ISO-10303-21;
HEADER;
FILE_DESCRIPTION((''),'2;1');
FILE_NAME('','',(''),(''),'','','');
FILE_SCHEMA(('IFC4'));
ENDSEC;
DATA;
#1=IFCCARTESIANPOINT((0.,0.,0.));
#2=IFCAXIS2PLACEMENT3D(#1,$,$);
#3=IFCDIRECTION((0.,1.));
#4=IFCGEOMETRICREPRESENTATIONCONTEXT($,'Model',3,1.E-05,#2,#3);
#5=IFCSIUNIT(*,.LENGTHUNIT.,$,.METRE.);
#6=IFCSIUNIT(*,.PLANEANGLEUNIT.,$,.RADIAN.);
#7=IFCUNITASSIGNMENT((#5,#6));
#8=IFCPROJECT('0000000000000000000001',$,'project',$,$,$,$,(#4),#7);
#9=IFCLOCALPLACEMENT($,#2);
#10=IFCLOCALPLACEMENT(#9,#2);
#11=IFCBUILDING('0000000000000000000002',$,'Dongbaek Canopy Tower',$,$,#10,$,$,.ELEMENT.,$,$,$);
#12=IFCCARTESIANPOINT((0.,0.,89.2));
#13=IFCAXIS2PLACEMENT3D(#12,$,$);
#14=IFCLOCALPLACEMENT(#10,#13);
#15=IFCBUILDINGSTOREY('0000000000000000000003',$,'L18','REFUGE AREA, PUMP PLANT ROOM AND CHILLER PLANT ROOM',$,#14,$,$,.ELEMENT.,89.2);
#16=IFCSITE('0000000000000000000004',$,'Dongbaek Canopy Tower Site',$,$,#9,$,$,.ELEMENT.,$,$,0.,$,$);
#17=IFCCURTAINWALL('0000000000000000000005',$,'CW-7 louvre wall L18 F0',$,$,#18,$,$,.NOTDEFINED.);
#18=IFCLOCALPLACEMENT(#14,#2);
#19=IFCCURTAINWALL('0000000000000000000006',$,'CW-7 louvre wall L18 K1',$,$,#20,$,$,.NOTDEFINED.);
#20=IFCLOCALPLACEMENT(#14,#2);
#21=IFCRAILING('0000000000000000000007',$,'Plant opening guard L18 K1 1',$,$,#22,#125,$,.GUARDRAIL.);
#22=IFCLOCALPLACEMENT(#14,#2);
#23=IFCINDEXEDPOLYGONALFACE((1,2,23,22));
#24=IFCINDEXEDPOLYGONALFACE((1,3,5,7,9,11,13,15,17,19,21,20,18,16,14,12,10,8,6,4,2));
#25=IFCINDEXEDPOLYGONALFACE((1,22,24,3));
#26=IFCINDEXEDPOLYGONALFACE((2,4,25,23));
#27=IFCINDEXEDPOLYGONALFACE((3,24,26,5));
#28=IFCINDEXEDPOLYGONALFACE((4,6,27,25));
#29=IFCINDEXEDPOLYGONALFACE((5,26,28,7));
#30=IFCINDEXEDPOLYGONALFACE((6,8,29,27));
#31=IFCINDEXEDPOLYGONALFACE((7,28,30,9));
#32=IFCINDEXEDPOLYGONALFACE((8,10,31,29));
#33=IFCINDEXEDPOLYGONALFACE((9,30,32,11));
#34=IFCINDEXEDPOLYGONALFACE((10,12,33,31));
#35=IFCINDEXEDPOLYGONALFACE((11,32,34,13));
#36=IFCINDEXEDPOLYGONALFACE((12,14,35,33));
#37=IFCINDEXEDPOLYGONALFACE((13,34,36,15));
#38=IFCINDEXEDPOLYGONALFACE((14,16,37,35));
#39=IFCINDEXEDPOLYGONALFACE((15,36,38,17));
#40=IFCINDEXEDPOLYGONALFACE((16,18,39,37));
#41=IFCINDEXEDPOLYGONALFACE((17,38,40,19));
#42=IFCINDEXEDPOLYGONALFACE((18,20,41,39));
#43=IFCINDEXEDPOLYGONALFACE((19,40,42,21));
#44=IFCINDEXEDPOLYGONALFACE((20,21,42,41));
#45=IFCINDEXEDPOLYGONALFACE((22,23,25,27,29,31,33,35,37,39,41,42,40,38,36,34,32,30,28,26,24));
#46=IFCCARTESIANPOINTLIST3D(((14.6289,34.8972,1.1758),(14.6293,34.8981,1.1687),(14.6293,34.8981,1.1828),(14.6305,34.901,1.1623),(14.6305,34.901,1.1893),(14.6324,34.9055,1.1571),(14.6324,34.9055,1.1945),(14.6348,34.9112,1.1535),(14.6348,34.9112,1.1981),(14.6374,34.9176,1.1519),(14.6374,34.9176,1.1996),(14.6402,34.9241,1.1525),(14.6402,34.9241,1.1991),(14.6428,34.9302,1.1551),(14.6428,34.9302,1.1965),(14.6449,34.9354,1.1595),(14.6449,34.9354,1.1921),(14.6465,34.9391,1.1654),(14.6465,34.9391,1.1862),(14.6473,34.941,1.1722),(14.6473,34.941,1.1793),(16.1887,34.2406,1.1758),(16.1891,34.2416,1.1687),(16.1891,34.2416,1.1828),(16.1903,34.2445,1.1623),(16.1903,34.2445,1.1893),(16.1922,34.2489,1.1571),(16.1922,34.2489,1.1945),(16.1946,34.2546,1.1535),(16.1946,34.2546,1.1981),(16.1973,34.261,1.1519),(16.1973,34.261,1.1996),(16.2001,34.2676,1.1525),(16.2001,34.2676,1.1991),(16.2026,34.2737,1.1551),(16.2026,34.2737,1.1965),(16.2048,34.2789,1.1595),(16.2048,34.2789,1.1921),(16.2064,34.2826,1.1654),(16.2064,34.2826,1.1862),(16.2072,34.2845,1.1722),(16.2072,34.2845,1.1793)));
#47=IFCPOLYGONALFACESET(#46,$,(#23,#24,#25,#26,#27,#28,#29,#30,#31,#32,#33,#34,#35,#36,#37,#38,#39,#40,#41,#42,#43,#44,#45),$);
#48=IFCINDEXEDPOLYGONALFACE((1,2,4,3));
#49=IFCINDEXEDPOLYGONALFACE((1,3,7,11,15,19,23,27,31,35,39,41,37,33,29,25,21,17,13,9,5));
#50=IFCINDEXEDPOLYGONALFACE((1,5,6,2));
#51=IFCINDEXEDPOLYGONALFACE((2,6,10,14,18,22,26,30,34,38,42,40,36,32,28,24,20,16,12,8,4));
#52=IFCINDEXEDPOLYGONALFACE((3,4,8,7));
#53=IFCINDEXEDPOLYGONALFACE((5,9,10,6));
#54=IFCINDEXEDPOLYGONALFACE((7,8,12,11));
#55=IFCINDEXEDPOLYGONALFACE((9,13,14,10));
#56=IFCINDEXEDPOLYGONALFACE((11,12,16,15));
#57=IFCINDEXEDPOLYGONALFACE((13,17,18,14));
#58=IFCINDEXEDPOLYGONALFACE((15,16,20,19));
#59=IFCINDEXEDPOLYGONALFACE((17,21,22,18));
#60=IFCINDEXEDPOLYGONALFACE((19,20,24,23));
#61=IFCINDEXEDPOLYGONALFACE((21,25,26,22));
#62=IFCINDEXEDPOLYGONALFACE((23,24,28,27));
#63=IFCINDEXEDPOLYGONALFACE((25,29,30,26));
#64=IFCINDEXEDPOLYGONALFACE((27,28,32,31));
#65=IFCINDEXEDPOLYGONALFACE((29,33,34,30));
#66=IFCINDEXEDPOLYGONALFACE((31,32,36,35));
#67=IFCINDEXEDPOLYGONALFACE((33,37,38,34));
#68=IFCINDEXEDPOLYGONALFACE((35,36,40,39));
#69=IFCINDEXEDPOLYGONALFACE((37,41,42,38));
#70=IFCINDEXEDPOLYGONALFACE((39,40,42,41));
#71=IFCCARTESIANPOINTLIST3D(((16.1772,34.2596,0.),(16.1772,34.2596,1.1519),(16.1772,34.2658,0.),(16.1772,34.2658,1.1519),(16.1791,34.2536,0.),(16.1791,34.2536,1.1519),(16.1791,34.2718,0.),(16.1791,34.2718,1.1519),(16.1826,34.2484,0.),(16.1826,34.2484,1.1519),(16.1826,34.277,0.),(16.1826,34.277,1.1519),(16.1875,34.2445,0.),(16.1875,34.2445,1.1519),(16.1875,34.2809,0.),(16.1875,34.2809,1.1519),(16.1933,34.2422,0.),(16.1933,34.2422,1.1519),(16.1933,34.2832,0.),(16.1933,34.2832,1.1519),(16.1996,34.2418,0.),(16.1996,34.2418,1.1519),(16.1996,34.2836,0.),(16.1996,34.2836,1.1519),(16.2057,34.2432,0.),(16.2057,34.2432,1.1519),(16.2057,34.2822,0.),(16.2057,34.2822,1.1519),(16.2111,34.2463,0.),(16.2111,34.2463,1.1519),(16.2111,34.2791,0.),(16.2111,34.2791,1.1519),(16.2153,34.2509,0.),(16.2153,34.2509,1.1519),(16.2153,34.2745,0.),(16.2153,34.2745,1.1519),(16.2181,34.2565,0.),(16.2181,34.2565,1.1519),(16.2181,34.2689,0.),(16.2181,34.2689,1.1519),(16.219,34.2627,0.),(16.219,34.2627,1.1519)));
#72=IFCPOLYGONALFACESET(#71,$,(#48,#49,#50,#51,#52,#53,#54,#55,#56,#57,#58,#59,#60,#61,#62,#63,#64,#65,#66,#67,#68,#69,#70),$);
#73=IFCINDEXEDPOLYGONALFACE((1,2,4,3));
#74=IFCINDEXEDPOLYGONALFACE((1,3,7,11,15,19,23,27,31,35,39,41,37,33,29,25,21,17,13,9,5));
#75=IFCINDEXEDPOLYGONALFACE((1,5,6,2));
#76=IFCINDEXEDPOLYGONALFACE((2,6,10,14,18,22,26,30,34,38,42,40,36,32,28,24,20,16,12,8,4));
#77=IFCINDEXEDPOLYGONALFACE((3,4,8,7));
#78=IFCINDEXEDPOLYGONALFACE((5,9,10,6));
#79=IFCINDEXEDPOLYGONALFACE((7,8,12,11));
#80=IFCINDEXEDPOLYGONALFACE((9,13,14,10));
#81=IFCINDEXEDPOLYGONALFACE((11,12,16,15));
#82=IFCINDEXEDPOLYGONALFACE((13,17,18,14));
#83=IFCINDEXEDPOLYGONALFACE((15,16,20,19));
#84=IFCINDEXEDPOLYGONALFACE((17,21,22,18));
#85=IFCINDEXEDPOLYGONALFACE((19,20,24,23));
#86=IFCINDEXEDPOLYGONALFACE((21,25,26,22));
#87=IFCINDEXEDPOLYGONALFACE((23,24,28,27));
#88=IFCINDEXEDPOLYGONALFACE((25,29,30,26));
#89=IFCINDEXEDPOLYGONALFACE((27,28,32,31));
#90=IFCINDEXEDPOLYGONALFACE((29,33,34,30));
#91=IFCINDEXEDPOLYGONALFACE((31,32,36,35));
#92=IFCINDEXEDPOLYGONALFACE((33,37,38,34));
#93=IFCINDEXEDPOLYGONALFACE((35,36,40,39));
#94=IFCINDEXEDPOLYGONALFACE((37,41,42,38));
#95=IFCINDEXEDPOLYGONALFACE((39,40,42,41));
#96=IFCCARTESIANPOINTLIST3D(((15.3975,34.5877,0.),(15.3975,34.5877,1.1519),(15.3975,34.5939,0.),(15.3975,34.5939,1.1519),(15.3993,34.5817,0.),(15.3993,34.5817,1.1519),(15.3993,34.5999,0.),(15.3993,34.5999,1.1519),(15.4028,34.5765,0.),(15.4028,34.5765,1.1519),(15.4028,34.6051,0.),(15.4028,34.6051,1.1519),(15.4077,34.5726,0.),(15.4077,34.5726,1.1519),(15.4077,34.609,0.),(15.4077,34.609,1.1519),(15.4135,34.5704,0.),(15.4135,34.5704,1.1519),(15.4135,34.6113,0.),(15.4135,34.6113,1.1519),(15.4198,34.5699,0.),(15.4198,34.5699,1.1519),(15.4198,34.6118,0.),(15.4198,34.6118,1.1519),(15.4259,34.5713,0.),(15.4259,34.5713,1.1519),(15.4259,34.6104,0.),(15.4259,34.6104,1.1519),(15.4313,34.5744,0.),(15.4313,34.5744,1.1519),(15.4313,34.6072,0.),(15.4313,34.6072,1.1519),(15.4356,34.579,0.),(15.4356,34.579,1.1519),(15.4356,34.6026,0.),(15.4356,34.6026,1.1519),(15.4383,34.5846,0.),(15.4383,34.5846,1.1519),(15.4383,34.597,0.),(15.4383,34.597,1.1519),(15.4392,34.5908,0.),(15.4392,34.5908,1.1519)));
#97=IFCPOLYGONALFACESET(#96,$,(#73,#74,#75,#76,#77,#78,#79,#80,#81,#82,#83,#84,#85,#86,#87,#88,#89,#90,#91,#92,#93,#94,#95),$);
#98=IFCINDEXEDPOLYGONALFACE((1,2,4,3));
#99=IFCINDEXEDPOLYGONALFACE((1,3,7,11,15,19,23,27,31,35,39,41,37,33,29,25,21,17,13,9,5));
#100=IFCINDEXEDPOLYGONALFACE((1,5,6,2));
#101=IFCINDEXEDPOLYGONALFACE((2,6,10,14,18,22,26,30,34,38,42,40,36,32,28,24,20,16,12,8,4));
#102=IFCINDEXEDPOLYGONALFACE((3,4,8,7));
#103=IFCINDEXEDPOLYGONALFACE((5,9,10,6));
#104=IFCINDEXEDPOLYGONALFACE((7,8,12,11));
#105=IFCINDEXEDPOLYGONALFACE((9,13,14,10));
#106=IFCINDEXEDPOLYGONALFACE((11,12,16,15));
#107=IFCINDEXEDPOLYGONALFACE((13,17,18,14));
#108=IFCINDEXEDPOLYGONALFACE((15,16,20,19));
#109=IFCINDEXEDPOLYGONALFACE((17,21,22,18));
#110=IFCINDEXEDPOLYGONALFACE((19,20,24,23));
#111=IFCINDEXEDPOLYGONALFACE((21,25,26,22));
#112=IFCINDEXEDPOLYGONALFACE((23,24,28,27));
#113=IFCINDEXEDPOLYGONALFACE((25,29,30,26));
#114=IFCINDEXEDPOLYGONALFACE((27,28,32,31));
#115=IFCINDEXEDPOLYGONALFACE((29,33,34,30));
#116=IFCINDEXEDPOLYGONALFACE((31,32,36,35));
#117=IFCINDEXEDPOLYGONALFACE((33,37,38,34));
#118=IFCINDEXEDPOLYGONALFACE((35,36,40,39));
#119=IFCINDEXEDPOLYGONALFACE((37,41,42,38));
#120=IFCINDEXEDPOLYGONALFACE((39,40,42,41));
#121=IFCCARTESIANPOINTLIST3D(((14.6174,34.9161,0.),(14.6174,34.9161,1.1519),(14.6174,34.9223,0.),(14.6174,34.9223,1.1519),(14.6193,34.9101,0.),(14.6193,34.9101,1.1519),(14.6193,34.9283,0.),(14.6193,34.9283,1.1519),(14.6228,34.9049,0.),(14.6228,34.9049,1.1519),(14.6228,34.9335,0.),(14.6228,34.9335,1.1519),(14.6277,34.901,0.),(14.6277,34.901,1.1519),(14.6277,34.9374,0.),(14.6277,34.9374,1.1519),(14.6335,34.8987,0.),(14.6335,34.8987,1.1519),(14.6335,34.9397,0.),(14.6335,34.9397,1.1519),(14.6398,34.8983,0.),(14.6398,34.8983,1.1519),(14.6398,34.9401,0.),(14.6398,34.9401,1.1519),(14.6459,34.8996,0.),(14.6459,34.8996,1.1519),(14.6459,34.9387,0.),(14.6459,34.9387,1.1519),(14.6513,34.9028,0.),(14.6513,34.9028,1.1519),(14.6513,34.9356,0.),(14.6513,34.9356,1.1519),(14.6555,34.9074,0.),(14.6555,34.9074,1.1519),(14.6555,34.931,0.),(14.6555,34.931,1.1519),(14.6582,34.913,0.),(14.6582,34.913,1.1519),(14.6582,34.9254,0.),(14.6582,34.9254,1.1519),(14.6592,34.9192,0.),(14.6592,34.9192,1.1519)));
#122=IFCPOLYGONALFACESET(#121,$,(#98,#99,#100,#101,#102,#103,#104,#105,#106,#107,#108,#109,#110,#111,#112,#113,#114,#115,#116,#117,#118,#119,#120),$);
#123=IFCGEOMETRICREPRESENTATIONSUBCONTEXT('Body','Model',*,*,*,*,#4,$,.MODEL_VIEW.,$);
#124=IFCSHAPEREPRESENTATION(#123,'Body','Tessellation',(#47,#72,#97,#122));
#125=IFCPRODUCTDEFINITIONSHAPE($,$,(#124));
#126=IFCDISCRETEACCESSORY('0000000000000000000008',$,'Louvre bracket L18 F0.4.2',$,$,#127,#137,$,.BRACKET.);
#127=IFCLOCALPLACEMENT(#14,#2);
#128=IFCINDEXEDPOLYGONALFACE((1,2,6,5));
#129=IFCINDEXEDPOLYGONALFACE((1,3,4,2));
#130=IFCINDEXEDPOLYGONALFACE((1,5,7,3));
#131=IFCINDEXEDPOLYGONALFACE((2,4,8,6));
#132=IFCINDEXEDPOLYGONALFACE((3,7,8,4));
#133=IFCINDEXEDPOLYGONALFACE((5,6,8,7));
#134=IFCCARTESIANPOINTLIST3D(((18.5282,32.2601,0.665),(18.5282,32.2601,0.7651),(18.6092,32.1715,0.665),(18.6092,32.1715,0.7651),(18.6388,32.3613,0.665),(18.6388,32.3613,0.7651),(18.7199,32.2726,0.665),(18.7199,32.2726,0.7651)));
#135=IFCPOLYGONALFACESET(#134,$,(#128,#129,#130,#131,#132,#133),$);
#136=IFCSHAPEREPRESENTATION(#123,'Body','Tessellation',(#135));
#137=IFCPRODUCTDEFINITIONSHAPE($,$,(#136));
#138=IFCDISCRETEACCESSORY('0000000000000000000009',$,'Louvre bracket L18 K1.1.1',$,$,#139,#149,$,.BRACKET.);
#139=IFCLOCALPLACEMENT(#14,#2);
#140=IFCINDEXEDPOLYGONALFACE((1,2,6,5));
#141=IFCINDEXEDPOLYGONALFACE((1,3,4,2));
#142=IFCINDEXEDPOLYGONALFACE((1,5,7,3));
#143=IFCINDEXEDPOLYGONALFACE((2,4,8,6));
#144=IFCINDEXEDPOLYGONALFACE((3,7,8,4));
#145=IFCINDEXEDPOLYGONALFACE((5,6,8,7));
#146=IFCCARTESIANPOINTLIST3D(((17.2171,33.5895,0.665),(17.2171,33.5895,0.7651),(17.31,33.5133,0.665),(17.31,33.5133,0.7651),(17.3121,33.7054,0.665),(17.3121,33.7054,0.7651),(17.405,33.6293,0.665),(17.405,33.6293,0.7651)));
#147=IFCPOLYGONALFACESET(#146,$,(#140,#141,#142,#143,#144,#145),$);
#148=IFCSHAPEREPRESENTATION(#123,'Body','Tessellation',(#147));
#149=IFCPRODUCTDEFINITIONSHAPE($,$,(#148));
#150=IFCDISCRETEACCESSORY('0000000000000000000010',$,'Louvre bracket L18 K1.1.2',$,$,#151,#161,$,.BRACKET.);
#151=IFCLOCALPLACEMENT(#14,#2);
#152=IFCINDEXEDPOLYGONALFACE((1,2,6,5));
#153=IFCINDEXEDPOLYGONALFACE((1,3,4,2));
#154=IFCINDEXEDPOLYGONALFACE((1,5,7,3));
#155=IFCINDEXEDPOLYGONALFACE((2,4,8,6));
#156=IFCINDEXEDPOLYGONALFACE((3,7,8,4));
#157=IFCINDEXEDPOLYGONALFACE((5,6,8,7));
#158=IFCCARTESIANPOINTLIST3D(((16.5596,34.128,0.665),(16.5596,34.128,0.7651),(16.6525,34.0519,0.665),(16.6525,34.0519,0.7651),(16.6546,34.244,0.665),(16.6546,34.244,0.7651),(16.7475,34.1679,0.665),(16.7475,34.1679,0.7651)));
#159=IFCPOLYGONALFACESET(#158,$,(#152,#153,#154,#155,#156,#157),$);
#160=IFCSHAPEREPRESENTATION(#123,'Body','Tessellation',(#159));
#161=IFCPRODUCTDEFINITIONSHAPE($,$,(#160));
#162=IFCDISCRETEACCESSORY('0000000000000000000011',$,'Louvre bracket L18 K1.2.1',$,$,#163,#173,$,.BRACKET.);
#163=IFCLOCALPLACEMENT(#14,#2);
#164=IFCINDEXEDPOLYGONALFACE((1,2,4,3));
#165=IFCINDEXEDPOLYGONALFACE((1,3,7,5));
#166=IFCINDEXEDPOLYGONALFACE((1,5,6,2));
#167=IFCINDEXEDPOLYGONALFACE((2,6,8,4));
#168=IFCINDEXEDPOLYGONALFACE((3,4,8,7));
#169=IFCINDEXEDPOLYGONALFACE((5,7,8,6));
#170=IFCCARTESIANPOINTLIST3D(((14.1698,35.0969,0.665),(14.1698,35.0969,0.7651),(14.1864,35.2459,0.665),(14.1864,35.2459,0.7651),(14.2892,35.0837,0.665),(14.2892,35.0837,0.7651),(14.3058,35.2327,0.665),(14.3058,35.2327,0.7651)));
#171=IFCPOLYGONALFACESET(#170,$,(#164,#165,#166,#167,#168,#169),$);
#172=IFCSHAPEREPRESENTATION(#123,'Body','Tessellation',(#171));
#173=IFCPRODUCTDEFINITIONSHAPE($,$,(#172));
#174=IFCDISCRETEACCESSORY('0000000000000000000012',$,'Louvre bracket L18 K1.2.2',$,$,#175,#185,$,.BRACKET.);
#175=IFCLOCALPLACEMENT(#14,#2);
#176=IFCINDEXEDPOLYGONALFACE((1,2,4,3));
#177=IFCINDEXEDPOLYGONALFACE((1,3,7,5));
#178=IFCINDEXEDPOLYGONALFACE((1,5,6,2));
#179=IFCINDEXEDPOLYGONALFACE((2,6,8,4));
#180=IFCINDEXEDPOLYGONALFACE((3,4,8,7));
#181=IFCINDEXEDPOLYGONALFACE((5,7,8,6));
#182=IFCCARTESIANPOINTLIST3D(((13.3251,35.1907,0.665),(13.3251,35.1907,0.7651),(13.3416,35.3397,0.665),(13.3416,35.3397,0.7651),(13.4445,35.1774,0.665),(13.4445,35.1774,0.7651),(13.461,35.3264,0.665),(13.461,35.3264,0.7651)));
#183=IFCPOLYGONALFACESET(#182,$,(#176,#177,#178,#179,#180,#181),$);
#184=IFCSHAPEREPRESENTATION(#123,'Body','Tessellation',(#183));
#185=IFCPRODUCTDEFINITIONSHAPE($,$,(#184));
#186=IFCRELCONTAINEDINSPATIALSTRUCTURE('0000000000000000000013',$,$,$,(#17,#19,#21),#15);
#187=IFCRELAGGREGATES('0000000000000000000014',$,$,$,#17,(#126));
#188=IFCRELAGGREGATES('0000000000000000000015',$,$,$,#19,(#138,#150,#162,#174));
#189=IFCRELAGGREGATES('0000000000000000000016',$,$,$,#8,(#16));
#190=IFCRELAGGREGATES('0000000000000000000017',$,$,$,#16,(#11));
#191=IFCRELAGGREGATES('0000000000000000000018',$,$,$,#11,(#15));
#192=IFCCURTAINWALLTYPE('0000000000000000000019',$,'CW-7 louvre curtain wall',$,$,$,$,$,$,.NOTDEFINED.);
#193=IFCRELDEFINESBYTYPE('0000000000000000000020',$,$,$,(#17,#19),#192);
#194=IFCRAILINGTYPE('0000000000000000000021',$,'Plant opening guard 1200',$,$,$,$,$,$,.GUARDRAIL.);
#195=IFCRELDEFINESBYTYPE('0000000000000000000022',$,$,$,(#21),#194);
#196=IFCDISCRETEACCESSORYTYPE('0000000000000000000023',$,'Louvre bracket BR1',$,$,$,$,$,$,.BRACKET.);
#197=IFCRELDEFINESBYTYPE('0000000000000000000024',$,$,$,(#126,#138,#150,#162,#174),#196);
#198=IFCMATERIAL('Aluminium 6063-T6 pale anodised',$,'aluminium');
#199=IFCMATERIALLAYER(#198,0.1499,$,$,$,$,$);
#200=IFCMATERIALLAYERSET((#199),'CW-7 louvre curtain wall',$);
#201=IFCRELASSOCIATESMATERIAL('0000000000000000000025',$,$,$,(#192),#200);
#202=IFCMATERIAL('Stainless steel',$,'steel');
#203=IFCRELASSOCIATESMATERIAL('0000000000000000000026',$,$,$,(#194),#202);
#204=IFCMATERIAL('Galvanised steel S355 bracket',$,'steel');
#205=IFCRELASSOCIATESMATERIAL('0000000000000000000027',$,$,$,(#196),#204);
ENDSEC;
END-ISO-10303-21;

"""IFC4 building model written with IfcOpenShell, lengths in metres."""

from ifc_helpers import new_model, si_unit, direction, frame, origin, origin_2d, place, context, subcontext, project, spatial, rectangle, circle, extrude, material, layer, layer_set, type_object, element, aggregate, save


model = new_model("IFC4")

# Units and contexts
model_context = context("Model", 3, precision=1e-05, world=origin(), true_north=direction((0.0, 1.0)))
body_context = subcontext(model_context, "Body", "Model", "MODEL_VIEW")
ifc_project = project(units=[si_unit("LENGTHUNIT", "METRE"), si_unit("PLANEANGLEUNIT", "RADIAN")], contexts=[model_context])

# Site, building, storey
site_placement = place(None, origin())
site = spatial("IfcSite", under=ifc_project, at=site_placement, Name="Dongbaek Canopy Tower Site", CompositionType="ELEMENT", RefElevation=0.0)
building_placement = place(site_placement, origin())
building = spatial("IfcBuilding", under=site, at=building_placement, Name="Dongbaek Canopy Tower", CompositionType="ELEMENT")
storey_placement = place(building_placement, frame((0.0, 0.0, 89.2)))
storey = spatial("IfcBuildingStorey", under=building, at=storey_placement, Name="L18", Description="REFUGE AREA, PUMP PLANT ROOM AND CHILLER PLANT ROOM", CompositionType="ELEMENT", Elevation=89.2)

# Curtain wall
ifc_material_1 = material(Name="Aluminium 6063-T6 pale anodised", Category="aluminium")
ifc_layer_1 = layer(ifc_material_1, 0.1499)
ifc_layer_set_1 = layer_set([ifc_layer_1], Name="CW-7 louvre curtain wall")
curtain_wall_type = type_object("IfcCurtainWallType", Name="CW-7 louvre curtain wall", PredefinedType="NOTDEFINED", material=ifc_layer_set_1)
curtain_wall_1_placement = place(storey_placement, origin())
curtain_wall_1 = element("IfcCurtainWall", 1, at=curtain_wall_1_placement, inside=storey, type_object=curtain_wall_type, Name="CW-7 louvre wall L18 F0", PredefinedType="NOTDEFINED")

# Curtain wall
curtain_wall_2_placement = place(storey_placement, origin())
curtain_wall_2 = element("IfcCurtainWall", 2, at=curtain_wall_2_placement, inside=storey, type_object=curtain_wall_type, Name="CW-7 louvre wall L18 K1", PredefinedType="NOTDEFINED")

# Railing
ifc_material_2 = material(Name="Stainless steel", Category="steel")
railing_type = type_object("IfcRailingType", Name="Plant opening guard 1200", PredefinedType="GUARDRAIL", material=ifc_material_2)
railing_placement = place(storey_placement, frame((16.198, 34.2627, 0.0)))
element("IfcRailing", 3, at=railing_placement, inside=storey, type_object=railing_type, Name="Plant opening guard L18 K1 1", PredefinedType="GUARDRAIL", context=body_context, shape_type="SweptSolid", body=[
    extrude(circle(Radius=0.0239, at=origin_2d()), frame((0.0, 0.0, 1.1758), z_axis=(-0.921692, 0.387922, 0.0), x_axis=(-0.387922, -0.921692, 0.0)), (0.0, 0.0, 1.0), 1.6924),
    extrude(circle(Radius=0.021, at=origin_2d()), origin(), (0.0, 0.0, 1.0), 1.1519),
    extrude(circle(Radius=0.021, at=origin_2d()), frame((-0.7798, 0.3281, 0.0)), (0.0, 0.0, 1.0), 1.1519),
    extrude(circle(Radius=0.021, at=origin_2d()), frame((-1.5598, 0.6565, 0.0)), (0.0, 0.0, 1.0), 1.1519),
])

# Discrete accessories
ifc_material_3 = material(Name="Galvanised steel S355 bracket", Category="steel")
discrete_accessory_type = type_object("IfcDiscreteAccessoryType", Name="Louvre bracket BR1", PredefinedType="BRACKET", material=ifc_material_3)
discrete_accessory_1_placement = place(storey_placement, frame((18.624, 32.2664, 0.665), z_axis=(0.0, 0.0, 1.0), x_axis=(-0.674647, 0.738141, 0.0)))
discrete_accessory_1 = element("IfcDiscreteAccessory", 4, at=discrete_accessory_1_placement, type_object=discrete_accessory_type, Name="Louvre bracket L18 F0.4.2", PredefinedType="BRACKET", context=body_context, shape_type="SweptSolid", body=[
    extrude(rectangle(XDim=0.1201, YDim=0.1499, at=origin_2d()), origin(), (0.0, 0.0, 1.0), 0.1001),
])
aggregate(curtain_wall_1, [discrete_accessory_1])
discrete_accessory_2_placement = place(storey_placement, frame((17.311, 33.6094, 0.665), z_axis=(0.0, 0.0, 1.0), x_axis=(-0.773564, 0.633718, 0.0)))
discrete_accessory_2 = element("IfcDiscreteAccessory", 5, at=discrete_accessory_2_placement, type_object=discrete_accessory_type, Name="Louvre bracket L18 K1.1.1", PredefinedType="BRACKET", context=body_context, shape_type="SweptSolid", body=[
    extrude(rectangle(XDim=0.1201, YDim=0.1499, at=origin_2d()), origin(), (0.0, 0.0, 1.0), 0.1001),
])
discrete_accessory_3_placement = place(storey_placement, frame((16.6536, 34.1479, 0.665), z_axis=(0.0, 0.0, 1.0), x_axis=(-0.773564, 0.633718, 0.0)))
discrete_accessory_3 = element("IfcDiscreteAccessory", 6, at=discrete_accessory_3_placement, type_object=discrete_accessory_type, Name="Louvre bracket L18 K1.1.2", PredefinedType="BRACKET", context=body_context, shape_type="SweptSolid", body=[
    extrude(rectangle(XDim=0.1201, YDim=0.1499, at=origin_2d()), origin(), (0.0, 0.0, 1.0), 0.1001),
])
discrete_accessory_4_placement = place(storey_placement, frame((14.2378, 35.1648, 0.665), z_axis=(0.0, 0.0, 1.0), x_axis=(-0.9939, 0.110287, 0.0)))
discrete_accessory_4 = element("IfcDiscreteAccessory", 7, at=discrete_accessory_4_placement, type_object=discrete_accessory_type, Name="Louvre bracket L18 K1.2.1", PredefinedType="BRACKET", context=body_context, shape_type="SweptSolid", body=[
    extrude(rectangle(XDim=0.1201, YDim=0.1499, at=origin_2d()), origin(), (0.0, 0.0, 1.0), 0.1001),
])
discrete_accessory_5_placement = place(storey_placement, frame((13.3931, 35.2585, 0.665), z_axis=(0.0, 0.0, 1.0), x_axis=(-0.9939, 0.110287, 0.0)))
discrete_accessory_5 = element("IfcDiscreteAccessory", 8, at=discrete_accessory_5_placement, type_object=discrete_accessory_type, Name="Louvre bracket L18 K1.2.2", PredefinedType="BRACKET", context=body_context, shape_type="SweptSolid", body=[
    extrude(rectangle(XDim=0.1201, YDim=0.1499, at=origin_2d()), origin(), (0.0, 0.0, 1.0), 0.1001),
])
aggregate(curtain_wall_2, [discrete_accessory_2, discrete_accessory_3, discrete_accessory_4, discrete_accessory_5])

save(model, "model.ifc")
